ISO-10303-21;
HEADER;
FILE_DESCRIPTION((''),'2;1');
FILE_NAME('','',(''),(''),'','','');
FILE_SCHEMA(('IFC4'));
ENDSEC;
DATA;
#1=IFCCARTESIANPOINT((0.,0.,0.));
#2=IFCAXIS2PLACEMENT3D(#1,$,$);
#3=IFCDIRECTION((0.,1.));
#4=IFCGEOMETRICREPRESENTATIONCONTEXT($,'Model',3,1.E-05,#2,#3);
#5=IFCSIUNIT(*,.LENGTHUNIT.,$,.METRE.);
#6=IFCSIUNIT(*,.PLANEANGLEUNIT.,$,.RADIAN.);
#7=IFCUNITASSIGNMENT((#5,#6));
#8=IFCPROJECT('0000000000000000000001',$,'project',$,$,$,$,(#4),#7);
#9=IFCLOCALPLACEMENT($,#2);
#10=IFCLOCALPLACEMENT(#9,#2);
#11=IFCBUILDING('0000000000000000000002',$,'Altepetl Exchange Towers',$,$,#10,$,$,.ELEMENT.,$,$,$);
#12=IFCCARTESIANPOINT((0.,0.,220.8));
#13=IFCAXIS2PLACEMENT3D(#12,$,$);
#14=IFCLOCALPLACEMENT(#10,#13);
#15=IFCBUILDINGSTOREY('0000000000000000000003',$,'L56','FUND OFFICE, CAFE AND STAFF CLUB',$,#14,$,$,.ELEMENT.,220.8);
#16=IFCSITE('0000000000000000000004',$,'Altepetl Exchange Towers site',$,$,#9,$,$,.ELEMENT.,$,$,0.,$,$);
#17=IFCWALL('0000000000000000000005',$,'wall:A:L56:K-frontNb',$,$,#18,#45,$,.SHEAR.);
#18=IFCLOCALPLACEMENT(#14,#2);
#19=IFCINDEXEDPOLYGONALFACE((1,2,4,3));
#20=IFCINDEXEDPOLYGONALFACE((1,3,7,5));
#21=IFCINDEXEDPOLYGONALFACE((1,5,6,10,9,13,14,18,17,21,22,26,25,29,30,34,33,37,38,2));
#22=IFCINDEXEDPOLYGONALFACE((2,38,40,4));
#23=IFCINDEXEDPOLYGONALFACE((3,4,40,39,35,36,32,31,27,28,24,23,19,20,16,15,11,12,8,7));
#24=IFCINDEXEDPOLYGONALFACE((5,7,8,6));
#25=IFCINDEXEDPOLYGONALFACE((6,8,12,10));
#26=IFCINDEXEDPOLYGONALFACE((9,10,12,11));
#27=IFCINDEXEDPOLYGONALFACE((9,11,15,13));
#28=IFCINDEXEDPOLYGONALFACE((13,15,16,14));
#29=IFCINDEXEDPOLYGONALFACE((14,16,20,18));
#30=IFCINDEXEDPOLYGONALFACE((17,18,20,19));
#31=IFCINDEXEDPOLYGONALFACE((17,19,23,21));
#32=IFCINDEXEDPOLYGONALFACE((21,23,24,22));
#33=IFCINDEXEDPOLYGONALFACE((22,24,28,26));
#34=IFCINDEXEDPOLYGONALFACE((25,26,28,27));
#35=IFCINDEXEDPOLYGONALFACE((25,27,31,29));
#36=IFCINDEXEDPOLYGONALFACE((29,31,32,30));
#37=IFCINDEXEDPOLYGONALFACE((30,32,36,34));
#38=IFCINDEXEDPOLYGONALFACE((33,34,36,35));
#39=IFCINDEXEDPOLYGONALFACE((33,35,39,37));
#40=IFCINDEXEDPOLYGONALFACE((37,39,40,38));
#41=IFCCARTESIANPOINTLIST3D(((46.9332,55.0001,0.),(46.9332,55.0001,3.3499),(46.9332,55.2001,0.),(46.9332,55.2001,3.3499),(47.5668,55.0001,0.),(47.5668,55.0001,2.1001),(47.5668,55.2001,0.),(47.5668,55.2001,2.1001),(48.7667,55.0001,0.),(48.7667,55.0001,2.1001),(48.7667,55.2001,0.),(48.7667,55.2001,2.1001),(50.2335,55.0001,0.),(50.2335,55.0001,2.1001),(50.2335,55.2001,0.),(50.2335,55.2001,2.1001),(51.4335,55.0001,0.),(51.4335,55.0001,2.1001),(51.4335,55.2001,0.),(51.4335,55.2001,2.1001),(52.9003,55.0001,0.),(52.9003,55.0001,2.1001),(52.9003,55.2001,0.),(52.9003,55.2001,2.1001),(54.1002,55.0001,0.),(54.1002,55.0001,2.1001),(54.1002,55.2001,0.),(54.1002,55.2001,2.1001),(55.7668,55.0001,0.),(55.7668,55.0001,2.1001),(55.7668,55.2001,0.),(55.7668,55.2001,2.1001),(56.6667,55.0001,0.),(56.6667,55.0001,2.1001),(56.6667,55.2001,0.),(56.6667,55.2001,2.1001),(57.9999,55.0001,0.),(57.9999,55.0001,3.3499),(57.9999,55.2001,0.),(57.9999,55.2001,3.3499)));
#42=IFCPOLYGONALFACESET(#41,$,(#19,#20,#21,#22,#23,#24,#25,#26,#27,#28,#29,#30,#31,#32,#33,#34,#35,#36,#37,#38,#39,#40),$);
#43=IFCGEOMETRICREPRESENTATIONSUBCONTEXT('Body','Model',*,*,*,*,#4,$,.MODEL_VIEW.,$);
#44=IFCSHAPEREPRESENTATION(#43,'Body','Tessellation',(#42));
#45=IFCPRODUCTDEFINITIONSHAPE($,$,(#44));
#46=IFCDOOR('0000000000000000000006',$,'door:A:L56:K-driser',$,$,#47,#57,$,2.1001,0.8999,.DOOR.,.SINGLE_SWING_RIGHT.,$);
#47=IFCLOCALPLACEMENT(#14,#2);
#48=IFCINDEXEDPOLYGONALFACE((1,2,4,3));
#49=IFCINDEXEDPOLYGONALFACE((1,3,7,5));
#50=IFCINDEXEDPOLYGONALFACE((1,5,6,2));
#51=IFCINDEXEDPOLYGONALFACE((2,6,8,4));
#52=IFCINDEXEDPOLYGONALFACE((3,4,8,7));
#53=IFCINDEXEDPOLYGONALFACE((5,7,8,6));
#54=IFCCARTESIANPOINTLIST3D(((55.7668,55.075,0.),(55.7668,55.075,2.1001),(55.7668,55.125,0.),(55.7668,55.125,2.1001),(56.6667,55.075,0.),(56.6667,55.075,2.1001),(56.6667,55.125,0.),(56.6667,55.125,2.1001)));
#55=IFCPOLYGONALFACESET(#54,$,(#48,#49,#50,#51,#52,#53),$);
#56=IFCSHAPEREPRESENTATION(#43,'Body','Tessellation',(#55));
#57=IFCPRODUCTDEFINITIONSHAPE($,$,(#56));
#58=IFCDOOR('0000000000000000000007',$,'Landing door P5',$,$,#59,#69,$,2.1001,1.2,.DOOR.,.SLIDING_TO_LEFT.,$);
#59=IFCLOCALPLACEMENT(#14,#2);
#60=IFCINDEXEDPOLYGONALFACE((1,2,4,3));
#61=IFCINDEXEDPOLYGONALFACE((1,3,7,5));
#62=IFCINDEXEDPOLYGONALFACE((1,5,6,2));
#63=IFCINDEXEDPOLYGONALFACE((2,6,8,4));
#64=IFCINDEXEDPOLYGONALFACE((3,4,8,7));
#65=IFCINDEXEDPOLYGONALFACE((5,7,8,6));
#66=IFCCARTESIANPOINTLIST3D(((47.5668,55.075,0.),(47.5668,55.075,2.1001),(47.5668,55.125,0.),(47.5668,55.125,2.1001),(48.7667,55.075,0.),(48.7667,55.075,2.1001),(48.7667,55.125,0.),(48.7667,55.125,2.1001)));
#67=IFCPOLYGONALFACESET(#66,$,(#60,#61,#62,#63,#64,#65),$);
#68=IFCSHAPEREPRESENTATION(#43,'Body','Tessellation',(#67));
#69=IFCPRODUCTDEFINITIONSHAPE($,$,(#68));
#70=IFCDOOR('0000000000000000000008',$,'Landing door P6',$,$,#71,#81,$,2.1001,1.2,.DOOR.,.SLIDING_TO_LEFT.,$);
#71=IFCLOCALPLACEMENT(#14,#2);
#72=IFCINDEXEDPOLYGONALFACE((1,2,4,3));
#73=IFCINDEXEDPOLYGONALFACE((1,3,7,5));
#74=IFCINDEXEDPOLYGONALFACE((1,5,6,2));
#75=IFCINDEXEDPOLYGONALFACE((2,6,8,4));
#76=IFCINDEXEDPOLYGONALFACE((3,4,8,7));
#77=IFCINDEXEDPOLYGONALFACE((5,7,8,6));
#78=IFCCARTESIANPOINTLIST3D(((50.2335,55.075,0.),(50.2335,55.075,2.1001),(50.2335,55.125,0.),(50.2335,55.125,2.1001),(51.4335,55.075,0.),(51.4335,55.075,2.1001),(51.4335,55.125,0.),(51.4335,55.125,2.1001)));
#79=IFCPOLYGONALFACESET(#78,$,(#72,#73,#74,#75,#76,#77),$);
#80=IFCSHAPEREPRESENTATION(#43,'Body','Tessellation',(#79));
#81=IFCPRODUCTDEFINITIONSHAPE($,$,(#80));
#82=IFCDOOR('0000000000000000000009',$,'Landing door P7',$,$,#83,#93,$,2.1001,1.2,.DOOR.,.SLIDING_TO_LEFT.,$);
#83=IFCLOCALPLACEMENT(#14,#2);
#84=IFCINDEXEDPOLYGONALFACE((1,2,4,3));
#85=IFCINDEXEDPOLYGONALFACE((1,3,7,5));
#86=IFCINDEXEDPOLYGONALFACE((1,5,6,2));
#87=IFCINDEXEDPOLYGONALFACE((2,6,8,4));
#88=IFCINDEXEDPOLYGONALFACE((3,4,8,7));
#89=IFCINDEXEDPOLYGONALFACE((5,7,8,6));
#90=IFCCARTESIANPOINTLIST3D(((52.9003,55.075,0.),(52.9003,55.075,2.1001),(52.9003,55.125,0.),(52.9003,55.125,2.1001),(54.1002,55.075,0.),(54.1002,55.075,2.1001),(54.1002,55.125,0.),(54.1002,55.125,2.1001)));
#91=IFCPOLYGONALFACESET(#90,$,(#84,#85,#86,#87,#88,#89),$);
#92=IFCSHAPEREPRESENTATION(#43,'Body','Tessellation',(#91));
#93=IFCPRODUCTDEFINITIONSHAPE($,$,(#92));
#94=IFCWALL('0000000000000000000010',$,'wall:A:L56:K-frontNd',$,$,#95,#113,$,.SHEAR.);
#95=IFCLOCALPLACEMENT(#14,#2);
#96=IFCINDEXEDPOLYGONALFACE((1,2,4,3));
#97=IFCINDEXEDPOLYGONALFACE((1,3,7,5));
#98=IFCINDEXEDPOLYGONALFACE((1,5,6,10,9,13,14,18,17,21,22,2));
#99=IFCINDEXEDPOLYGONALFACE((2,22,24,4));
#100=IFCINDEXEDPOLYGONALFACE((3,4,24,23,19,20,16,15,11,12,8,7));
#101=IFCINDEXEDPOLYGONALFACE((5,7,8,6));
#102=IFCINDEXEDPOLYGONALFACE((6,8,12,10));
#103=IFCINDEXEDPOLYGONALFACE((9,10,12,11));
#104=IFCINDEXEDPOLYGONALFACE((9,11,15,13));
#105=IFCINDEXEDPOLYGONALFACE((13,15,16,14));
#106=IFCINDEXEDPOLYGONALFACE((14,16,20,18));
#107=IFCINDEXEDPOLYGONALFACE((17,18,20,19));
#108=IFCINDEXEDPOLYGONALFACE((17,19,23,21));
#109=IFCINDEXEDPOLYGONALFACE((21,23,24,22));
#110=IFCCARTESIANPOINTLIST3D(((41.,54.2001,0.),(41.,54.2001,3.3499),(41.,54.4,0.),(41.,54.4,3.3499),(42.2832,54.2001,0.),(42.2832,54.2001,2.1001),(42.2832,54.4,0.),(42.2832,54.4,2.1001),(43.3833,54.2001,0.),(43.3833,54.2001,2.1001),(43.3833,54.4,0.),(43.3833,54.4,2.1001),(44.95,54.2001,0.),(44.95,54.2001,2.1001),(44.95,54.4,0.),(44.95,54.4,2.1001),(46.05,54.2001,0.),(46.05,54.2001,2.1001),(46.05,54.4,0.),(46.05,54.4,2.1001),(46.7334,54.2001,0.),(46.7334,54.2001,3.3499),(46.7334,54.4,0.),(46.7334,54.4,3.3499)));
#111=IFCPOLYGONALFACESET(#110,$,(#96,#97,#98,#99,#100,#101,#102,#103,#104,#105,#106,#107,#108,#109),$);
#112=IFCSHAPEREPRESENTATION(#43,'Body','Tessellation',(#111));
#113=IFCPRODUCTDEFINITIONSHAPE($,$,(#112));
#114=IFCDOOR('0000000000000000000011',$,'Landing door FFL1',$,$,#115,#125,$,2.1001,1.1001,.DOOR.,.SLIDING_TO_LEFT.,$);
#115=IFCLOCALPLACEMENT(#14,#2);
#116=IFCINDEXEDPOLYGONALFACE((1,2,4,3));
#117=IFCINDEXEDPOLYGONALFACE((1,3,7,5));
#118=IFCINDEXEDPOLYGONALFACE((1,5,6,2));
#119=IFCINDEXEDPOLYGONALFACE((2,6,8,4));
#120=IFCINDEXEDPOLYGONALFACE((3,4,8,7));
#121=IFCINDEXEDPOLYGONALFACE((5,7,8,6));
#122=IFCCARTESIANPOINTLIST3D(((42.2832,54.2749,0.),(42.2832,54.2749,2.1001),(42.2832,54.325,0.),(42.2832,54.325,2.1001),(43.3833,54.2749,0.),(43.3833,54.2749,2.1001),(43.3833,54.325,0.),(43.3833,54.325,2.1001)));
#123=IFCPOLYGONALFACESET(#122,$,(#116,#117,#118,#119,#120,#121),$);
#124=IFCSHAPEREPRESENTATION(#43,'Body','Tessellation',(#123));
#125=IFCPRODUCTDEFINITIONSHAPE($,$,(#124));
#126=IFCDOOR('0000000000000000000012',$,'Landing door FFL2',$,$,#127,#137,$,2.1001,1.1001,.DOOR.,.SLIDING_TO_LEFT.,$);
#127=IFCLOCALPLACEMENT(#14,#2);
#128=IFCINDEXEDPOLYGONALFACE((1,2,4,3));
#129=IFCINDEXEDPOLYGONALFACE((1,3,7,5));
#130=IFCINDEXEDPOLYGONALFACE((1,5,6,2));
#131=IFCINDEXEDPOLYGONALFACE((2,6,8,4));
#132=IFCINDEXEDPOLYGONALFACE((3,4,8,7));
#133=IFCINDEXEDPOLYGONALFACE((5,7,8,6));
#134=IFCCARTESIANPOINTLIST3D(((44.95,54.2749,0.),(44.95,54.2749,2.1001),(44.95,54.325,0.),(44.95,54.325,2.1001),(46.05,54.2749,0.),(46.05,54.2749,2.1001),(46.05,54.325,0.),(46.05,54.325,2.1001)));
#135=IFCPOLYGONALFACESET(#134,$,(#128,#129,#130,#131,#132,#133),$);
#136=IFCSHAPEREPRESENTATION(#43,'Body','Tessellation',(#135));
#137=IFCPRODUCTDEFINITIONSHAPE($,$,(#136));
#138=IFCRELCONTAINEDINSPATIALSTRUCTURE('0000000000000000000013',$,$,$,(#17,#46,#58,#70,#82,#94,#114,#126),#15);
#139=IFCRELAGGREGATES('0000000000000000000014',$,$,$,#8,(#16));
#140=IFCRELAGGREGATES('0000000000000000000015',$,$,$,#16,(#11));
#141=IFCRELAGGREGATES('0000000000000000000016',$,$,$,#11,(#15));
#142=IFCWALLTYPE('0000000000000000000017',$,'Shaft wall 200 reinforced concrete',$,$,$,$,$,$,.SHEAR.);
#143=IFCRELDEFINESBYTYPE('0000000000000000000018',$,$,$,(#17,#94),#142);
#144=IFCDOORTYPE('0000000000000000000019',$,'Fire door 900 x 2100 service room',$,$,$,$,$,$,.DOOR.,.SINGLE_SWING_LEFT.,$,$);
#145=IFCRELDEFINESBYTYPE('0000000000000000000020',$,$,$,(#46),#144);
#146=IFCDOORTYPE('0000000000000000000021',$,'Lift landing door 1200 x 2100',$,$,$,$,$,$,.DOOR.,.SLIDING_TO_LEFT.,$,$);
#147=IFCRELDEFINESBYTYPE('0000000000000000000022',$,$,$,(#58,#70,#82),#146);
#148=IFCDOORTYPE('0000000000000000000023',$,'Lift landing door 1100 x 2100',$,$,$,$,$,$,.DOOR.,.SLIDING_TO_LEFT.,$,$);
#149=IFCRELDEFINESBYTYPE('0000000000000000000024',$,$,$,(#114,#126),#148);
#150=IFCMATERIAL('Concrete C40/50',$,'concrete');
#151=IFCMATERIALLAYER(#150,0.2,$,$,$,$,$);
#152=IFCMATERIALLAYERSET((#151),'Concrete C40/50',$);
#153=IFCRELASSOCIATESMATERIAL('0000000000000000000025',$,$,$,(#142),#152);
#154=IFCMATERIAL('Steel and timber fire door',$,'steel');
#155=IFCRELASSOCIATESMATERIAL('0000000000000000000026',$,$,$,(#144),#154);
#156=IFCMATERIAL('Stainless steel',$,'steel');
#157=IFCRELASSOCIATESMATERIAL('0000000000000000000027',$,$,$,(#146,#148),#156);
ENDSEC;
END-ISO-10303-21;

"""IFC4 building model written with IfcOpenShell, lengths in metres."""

from ifc_helpers import new_model, si_unit, direction, frame, frame_2d, origin, place, context, subcontext, project, spatial, rectangle, extrude, material, layer, layer_set, type_object, element, fill, save


model = new_model("IFC4")

# Units and contexts
model_context = context("Model", 3, precision=1e-05, world=origin(), true_north=direction((0.0, 1.0)))
body_context = subcontext(model_context, "Body", "Model", "MODEL_VIEW")
ifc_project = project(units=[si_unit("LENGTHUNIT", "METRE"), si_unit("PLANEANGLEUNIT", "RADIAN")], contexts=[model_context])

# Site, building, storey
site_placement = place(None, origin())
site = spatial("IfcSite", under=ifc_project, at=site_placement, Name="Altepetl Exchange Towers site", CompositionType="ELEMENT", RefElevation=0.0)
building_placement = place(site_placement, origin())
building = spatial("IfcBuilding", under=site, at=building_placement, Name="Altepetl Exchange Towers", CompositionType="ELEMENT")
storey_placement = place(building_placement, frame((0.0, 0.0, 220.8)))
storey = spatial("IfcBuildingStorey", under=building, at=storey_placement, Name="L56", Description="FUND OFFICE, CAFE AND STAFF CLUB", CompositionType="ELEMENT", Elevation=220.8)

# Shared definitions
ifc_material_1 = material(Name="Steel and timber fire door", Category="steel")

# Shared definitions
ifc_material_2 = material(Name="Concrete C40/50", Category="concrete")
ifc_layer_1 = layer(ifc_material_2, 0.2)
ifc_layer_set_1 = layer_set([ifc_layer_1], Name="Concrete C40/50")
wall_type_1 = type_object("IfcWallType", Name="Shaft wall 200 reinforced concrete", PredefinedType="SHEAR", material=ifc_layer_set_1)

# Walls, openings, doors
wall_1_placement = place(storey_placement, frame((46.9333, 55.1001, 0.0)))
wall_1 = element("IfcWall", 1, at=wall_1_placement, inside=storey, type_object=wall_type_1, Name="wall:A:L56:K-frontNb", PredefinedType="SHEAR", context=body_context, shape_type="SweptSolid", body=[
    extrude(rectangle(XDim=11.0667, YDim=0.2, at=frame_2d((5.5332, 0.0))), origin(), (0.0, 0.0, 1.0), 3.3499),
])
opening_1_placement = place(wall_1_placement, frame((8.8335, 0.0, 0.0)))
opening_1 = element("IfcOpeningElement", 2, at=opening_1_placement, cuts=wall_1, PredefinedType="OPENING", context=body_context, shape_type="SweptSolid", body=[
    extrude(rectangle(XDim=0.8999, YDim=2.1001, at=frame_2d((0.45, 1.05))), frame((0.0, 0.1099, 0.0), z_axis=(0.0, -1.0, 0.0), x_axis=(1.0, 0.0, 0.0)), (0.0, 0.0, 1.0), 0.22),
])
opening_2_placement = place(wall_1_placement, frame((0.6333, 0.0, 0.0)))
opening_2 = element("IfcOpeningElement", 3, at=opening_2_placement, cuts=wall_1, PredefinedType="OPENING", context=body_context, shape_type="SweptSolid", body=[
    extrude(rectangle(XDim=1.2, YDim=2.1001, at=frame_2d((0.6001, 1.05))), frame((0.0, 0.1099, 0.0), z_axis=(0.0, -1.0, 0.0), x_axis=(1.0, 0.0, 0.0)), (0.0, 0.0, 1.0), 0.22),
])
opening_3_placement = place(wall_1_placement, frame((3.3, 0.0, 0.0)))
opening_3 = element("IfcOpeningElement", 4, at=opening_3_placement, cuts=wall_1, PredefinedType="OPENING", context=body_context, shape_type="SweptSolid", body=[
    extrude(rectangle(XDim=1.2, YDim=2.1001, at=frame_2d((0.6001, 1.05))), frame((0.0, 0.1099, 0.0), z_axis=(0.0, -1.0, 0.0), x_axis=(1.0, 0.0, 0.0)), (0.0, 0.0, 1.0), 0.22),
])
opening_4_placement = place(wall_1_placement, frame((5.9668, 0.0, 0.0)))
opening_4 = element("IfcOpeningElement", 5, at=opening_4_placement, cuts=wall_1, PredefinedType="OPENING", context=body_context, shape_type="SweptSolid", body=[
    extrude(rectangle(XDim=1.2, YDim=2.1001, at=frame_2d((0.6001, 1.05))), frame((0.0, 0.1099, 0.0), z_axis=(0.0, -1.0, 0.0), x_axis=(1.0, 0.0, 0.0)), (0.0, 0.0, 1.0), 0.22),
])
door_type_1 = type_object("IfcDoorType", Name="Fire door 900 x 2100 service room", OperationType="SINGLE_SWING_LEFT", PredefinedType="DOOR", material=ifc_material_1)
door_1_placement = place(opening_1_placement, origin())
door_1 = element("IfcDoor", 6, at=door_1_placement, inside=storey, type_object=door_type_1, Name="door:A:L56:K-driser", OperationType="SINGLE_SWING_RIGHT", OverallHeight=2.1001, OverallWidth=0.8999, PredefinedType="DOOR", context=body_context, shape_type="SweptSolid", body=[
    extrude(rectangle(XDim=0.8999, YDim=2.1001, at=frame_2d((0.45, 1.05))), frame((0.0, 0.0249, 0.0), z_axis=(0.0, -1.0, 0.0), x_axis=(1.0, 0.0, 0.0)), (0.0, 0.0, 1.0), 0.05),
])
fill(opening_1, door_1)
ifc_material_3 = material(Name="Stainless steel", Category="steel")
door_type_2 = type_object("IfcDoorType", Name="Lift landing door 1200 x 2100", OperationType="SLIDING_TO_LEFT", PredefinedType="DOOR", material=ifc_material_3)
door_2_placement = place(opening_2_placement, origin())
door_2 = element("IfcDoor", 7, at=door_2_placement, inside=storey, type_object=door_type_2, Name="Landing door P5", OperationType="SLIDING_TO_LEFT", OverallHeight=2.1001, OverallWidth=1.2, PredefinedType="DOOR", context=body_context, shape_type="SweptSolid", body=[
    extrude(rectangle(XDim=1.2, YDim=2.1001, at=frame_2d((0.6001, 1.05))), frame((0.0, 0.0249, 0.0), z_axis=(0.0, -1.0, 0.0), x_axis=(1.0, 0.0, 0.0)), (0.0, 0.0, 1.0), 0.05),
])
fill(opening_2, door_2)
door_3_placement = place(opening_3_placement, origin())
door_3 = element("IfcDoor", 8, at=door_3_placement, inside=storey, type_object=door_type_2, Name="Landing door P6", OperationType="SLIDING_TO_LEFT", OverallHeight=2.1001, OverallWidth=1.2, PredefinedType="DOOR", context=body_context, shape_type="SweptSolid", body=[
    extrude(rectangle(XDim=1.2, YDim=2.1001, at=frame_2d((0.6001, 1.05))), frame((0.0, 0.0249, 0.0), z_axis=(0.0, -1.0, 0.0), x_axis=(1.0, 0.0, 0.0)), (0.0, 0.0, 1.0), 0.05),
])
fill(opening_3, door_3)
door_4_placement = place(opening_4_placement, origin())
door_4 = element("IfcDoor", 9, at=door_4_placement, inside=storey, type_object=door_type_2, Name="Landing door P7", OperationType="SLIDING_TO_LEFT", OverallHeight=2.1001, OverallWidth=1.2, PredefinedType="DOOR", context=body_context, shape_type="SweptSolid", body=[
    extrude(rectangle(XDim=1.2, YDim=2.1001, at=frame_2d((0.6001, 1.05))), frame((0.0, 0.0249, 0.0), z_axis=(0.0, -1.0, 0.0), x_axis=(1.0, 0.0, 0.0)), (0.0, 0.0, 1.0), 0.05),
])
fill(opening_4, door_4)
wall_2_placement = place(storey_placement, frame((41.0, 54.3, 0.0)))
wall_2 = element("IfcWall", 10, at=wall_2_placement, inside=storey, type_object=wall_type_1, Name="wall:A:L56:K-frontNd", PredefinedType="SHEAR", context=body_context, shape_type="SweptSolid", body=[
    extrude(rectangle(XDim=5.7334, YDim=0.2, at=frame_2d((2.8667, 0.0))), origin(), (0.0, 0.0, 1.0), 3.3499),
])
opening_5_placement = place(wall_2_placement, frame((1.2832, 0.0, 0.0)))
opening_5 = element("IfcOpeningElement", 11, at=opening_5_placement, cuts=wall_2, PredefinedType="OPENING", context=body_context, shape_type="SweptSolid", body=[
    extrude(rectangle(XDim=1.1001, YDim=2.1001, at=frame_2d((0.55, 1.05))), frame((0.0, 0.1099, 0.0), z_axis=(0.0, -1.0, 0.0), x_axis=(1.0, 0.0, 0.0)), (0.0, 0.0, 1.0), 0.22),
])
opening_6_placement = place(wall_2_placement, frame((3.95, 0.0, 0.0)))
opening_6 = element("IfcOpeningElement", 12, at=opening_6_placement, cuts=wall_2, PredefinedType="OPENING", context=body_context, shape_type="SweptSolid", body=[
    extrude(rectangle(XDim=1.1001, YDim=2.1001, at=frame_2d((0.55, 1.05))), frame((0.0, 0.1099, 0.0), z_axis=(0.0, -1.0, 0.0), x_axis=(1.0, 0.0, 0.0)), (0.0, 0.0, 1.0), 0.22),
])
door_type_3 = type_object("IfcDoorType", Name="Lift landing door 1100 x 2100", OperationType="SLIDING_TO_LEFT", PredefinedType="DOOR", material=ifc_material_3)
door_5_placement = place(opening_5_placement, origin())
door_5 = element("IfcDoor", 13, at=door_5_placement, inside=storey, type_object=door_type_3, Name="Landing door FFL1", OperationType="SLIDING_TO_LEFT", OverallHeight=2.1001, OverallWidth=1.1001, PredefinedType="DOOR", context=body_context, shape_type="SweptSolid", body=[
    extrude(rectangle(XDim=1.1001, YDim=2.1001, at=frame_2d((0.55, 1.05))), frame((0.0, 0.0249, 0.0), z_axis=(0.0, -1.0, 0.0), x_axis=(1.0, 0.0, 0.0)), (0.0, 0.0, 1.0), 0.05),
])
fill(opening_5, door_5)
door_6_placement = place(opening_6_placement, origin())
door_6 = element("IfcDoor", 14, at=door_6_placement, inside=storey, type_object=door_type_3, Name="Landing door FFL2", OperationType="SLIDING_TO_LEFT", OverallHeight=2.1001, OverallWidth=1.1001, PredefinedType="DOOR", context=body_context, shape_type="SweptSolid", body=[
    extrude(rectangle(XDim=1.1001, YDim=2.1001, at=frame_2d((0.55, 1.05))), frame((0.0, 0.0249, 0.0), z_axis=(0.0, -1.0, 0.0), x_axis=(1.0, 0.0, 0.0)), (0.0, 0.0, 1.0), 0.05),
])
fill(opening_6, door_6)

save(model, "model.ifc")
